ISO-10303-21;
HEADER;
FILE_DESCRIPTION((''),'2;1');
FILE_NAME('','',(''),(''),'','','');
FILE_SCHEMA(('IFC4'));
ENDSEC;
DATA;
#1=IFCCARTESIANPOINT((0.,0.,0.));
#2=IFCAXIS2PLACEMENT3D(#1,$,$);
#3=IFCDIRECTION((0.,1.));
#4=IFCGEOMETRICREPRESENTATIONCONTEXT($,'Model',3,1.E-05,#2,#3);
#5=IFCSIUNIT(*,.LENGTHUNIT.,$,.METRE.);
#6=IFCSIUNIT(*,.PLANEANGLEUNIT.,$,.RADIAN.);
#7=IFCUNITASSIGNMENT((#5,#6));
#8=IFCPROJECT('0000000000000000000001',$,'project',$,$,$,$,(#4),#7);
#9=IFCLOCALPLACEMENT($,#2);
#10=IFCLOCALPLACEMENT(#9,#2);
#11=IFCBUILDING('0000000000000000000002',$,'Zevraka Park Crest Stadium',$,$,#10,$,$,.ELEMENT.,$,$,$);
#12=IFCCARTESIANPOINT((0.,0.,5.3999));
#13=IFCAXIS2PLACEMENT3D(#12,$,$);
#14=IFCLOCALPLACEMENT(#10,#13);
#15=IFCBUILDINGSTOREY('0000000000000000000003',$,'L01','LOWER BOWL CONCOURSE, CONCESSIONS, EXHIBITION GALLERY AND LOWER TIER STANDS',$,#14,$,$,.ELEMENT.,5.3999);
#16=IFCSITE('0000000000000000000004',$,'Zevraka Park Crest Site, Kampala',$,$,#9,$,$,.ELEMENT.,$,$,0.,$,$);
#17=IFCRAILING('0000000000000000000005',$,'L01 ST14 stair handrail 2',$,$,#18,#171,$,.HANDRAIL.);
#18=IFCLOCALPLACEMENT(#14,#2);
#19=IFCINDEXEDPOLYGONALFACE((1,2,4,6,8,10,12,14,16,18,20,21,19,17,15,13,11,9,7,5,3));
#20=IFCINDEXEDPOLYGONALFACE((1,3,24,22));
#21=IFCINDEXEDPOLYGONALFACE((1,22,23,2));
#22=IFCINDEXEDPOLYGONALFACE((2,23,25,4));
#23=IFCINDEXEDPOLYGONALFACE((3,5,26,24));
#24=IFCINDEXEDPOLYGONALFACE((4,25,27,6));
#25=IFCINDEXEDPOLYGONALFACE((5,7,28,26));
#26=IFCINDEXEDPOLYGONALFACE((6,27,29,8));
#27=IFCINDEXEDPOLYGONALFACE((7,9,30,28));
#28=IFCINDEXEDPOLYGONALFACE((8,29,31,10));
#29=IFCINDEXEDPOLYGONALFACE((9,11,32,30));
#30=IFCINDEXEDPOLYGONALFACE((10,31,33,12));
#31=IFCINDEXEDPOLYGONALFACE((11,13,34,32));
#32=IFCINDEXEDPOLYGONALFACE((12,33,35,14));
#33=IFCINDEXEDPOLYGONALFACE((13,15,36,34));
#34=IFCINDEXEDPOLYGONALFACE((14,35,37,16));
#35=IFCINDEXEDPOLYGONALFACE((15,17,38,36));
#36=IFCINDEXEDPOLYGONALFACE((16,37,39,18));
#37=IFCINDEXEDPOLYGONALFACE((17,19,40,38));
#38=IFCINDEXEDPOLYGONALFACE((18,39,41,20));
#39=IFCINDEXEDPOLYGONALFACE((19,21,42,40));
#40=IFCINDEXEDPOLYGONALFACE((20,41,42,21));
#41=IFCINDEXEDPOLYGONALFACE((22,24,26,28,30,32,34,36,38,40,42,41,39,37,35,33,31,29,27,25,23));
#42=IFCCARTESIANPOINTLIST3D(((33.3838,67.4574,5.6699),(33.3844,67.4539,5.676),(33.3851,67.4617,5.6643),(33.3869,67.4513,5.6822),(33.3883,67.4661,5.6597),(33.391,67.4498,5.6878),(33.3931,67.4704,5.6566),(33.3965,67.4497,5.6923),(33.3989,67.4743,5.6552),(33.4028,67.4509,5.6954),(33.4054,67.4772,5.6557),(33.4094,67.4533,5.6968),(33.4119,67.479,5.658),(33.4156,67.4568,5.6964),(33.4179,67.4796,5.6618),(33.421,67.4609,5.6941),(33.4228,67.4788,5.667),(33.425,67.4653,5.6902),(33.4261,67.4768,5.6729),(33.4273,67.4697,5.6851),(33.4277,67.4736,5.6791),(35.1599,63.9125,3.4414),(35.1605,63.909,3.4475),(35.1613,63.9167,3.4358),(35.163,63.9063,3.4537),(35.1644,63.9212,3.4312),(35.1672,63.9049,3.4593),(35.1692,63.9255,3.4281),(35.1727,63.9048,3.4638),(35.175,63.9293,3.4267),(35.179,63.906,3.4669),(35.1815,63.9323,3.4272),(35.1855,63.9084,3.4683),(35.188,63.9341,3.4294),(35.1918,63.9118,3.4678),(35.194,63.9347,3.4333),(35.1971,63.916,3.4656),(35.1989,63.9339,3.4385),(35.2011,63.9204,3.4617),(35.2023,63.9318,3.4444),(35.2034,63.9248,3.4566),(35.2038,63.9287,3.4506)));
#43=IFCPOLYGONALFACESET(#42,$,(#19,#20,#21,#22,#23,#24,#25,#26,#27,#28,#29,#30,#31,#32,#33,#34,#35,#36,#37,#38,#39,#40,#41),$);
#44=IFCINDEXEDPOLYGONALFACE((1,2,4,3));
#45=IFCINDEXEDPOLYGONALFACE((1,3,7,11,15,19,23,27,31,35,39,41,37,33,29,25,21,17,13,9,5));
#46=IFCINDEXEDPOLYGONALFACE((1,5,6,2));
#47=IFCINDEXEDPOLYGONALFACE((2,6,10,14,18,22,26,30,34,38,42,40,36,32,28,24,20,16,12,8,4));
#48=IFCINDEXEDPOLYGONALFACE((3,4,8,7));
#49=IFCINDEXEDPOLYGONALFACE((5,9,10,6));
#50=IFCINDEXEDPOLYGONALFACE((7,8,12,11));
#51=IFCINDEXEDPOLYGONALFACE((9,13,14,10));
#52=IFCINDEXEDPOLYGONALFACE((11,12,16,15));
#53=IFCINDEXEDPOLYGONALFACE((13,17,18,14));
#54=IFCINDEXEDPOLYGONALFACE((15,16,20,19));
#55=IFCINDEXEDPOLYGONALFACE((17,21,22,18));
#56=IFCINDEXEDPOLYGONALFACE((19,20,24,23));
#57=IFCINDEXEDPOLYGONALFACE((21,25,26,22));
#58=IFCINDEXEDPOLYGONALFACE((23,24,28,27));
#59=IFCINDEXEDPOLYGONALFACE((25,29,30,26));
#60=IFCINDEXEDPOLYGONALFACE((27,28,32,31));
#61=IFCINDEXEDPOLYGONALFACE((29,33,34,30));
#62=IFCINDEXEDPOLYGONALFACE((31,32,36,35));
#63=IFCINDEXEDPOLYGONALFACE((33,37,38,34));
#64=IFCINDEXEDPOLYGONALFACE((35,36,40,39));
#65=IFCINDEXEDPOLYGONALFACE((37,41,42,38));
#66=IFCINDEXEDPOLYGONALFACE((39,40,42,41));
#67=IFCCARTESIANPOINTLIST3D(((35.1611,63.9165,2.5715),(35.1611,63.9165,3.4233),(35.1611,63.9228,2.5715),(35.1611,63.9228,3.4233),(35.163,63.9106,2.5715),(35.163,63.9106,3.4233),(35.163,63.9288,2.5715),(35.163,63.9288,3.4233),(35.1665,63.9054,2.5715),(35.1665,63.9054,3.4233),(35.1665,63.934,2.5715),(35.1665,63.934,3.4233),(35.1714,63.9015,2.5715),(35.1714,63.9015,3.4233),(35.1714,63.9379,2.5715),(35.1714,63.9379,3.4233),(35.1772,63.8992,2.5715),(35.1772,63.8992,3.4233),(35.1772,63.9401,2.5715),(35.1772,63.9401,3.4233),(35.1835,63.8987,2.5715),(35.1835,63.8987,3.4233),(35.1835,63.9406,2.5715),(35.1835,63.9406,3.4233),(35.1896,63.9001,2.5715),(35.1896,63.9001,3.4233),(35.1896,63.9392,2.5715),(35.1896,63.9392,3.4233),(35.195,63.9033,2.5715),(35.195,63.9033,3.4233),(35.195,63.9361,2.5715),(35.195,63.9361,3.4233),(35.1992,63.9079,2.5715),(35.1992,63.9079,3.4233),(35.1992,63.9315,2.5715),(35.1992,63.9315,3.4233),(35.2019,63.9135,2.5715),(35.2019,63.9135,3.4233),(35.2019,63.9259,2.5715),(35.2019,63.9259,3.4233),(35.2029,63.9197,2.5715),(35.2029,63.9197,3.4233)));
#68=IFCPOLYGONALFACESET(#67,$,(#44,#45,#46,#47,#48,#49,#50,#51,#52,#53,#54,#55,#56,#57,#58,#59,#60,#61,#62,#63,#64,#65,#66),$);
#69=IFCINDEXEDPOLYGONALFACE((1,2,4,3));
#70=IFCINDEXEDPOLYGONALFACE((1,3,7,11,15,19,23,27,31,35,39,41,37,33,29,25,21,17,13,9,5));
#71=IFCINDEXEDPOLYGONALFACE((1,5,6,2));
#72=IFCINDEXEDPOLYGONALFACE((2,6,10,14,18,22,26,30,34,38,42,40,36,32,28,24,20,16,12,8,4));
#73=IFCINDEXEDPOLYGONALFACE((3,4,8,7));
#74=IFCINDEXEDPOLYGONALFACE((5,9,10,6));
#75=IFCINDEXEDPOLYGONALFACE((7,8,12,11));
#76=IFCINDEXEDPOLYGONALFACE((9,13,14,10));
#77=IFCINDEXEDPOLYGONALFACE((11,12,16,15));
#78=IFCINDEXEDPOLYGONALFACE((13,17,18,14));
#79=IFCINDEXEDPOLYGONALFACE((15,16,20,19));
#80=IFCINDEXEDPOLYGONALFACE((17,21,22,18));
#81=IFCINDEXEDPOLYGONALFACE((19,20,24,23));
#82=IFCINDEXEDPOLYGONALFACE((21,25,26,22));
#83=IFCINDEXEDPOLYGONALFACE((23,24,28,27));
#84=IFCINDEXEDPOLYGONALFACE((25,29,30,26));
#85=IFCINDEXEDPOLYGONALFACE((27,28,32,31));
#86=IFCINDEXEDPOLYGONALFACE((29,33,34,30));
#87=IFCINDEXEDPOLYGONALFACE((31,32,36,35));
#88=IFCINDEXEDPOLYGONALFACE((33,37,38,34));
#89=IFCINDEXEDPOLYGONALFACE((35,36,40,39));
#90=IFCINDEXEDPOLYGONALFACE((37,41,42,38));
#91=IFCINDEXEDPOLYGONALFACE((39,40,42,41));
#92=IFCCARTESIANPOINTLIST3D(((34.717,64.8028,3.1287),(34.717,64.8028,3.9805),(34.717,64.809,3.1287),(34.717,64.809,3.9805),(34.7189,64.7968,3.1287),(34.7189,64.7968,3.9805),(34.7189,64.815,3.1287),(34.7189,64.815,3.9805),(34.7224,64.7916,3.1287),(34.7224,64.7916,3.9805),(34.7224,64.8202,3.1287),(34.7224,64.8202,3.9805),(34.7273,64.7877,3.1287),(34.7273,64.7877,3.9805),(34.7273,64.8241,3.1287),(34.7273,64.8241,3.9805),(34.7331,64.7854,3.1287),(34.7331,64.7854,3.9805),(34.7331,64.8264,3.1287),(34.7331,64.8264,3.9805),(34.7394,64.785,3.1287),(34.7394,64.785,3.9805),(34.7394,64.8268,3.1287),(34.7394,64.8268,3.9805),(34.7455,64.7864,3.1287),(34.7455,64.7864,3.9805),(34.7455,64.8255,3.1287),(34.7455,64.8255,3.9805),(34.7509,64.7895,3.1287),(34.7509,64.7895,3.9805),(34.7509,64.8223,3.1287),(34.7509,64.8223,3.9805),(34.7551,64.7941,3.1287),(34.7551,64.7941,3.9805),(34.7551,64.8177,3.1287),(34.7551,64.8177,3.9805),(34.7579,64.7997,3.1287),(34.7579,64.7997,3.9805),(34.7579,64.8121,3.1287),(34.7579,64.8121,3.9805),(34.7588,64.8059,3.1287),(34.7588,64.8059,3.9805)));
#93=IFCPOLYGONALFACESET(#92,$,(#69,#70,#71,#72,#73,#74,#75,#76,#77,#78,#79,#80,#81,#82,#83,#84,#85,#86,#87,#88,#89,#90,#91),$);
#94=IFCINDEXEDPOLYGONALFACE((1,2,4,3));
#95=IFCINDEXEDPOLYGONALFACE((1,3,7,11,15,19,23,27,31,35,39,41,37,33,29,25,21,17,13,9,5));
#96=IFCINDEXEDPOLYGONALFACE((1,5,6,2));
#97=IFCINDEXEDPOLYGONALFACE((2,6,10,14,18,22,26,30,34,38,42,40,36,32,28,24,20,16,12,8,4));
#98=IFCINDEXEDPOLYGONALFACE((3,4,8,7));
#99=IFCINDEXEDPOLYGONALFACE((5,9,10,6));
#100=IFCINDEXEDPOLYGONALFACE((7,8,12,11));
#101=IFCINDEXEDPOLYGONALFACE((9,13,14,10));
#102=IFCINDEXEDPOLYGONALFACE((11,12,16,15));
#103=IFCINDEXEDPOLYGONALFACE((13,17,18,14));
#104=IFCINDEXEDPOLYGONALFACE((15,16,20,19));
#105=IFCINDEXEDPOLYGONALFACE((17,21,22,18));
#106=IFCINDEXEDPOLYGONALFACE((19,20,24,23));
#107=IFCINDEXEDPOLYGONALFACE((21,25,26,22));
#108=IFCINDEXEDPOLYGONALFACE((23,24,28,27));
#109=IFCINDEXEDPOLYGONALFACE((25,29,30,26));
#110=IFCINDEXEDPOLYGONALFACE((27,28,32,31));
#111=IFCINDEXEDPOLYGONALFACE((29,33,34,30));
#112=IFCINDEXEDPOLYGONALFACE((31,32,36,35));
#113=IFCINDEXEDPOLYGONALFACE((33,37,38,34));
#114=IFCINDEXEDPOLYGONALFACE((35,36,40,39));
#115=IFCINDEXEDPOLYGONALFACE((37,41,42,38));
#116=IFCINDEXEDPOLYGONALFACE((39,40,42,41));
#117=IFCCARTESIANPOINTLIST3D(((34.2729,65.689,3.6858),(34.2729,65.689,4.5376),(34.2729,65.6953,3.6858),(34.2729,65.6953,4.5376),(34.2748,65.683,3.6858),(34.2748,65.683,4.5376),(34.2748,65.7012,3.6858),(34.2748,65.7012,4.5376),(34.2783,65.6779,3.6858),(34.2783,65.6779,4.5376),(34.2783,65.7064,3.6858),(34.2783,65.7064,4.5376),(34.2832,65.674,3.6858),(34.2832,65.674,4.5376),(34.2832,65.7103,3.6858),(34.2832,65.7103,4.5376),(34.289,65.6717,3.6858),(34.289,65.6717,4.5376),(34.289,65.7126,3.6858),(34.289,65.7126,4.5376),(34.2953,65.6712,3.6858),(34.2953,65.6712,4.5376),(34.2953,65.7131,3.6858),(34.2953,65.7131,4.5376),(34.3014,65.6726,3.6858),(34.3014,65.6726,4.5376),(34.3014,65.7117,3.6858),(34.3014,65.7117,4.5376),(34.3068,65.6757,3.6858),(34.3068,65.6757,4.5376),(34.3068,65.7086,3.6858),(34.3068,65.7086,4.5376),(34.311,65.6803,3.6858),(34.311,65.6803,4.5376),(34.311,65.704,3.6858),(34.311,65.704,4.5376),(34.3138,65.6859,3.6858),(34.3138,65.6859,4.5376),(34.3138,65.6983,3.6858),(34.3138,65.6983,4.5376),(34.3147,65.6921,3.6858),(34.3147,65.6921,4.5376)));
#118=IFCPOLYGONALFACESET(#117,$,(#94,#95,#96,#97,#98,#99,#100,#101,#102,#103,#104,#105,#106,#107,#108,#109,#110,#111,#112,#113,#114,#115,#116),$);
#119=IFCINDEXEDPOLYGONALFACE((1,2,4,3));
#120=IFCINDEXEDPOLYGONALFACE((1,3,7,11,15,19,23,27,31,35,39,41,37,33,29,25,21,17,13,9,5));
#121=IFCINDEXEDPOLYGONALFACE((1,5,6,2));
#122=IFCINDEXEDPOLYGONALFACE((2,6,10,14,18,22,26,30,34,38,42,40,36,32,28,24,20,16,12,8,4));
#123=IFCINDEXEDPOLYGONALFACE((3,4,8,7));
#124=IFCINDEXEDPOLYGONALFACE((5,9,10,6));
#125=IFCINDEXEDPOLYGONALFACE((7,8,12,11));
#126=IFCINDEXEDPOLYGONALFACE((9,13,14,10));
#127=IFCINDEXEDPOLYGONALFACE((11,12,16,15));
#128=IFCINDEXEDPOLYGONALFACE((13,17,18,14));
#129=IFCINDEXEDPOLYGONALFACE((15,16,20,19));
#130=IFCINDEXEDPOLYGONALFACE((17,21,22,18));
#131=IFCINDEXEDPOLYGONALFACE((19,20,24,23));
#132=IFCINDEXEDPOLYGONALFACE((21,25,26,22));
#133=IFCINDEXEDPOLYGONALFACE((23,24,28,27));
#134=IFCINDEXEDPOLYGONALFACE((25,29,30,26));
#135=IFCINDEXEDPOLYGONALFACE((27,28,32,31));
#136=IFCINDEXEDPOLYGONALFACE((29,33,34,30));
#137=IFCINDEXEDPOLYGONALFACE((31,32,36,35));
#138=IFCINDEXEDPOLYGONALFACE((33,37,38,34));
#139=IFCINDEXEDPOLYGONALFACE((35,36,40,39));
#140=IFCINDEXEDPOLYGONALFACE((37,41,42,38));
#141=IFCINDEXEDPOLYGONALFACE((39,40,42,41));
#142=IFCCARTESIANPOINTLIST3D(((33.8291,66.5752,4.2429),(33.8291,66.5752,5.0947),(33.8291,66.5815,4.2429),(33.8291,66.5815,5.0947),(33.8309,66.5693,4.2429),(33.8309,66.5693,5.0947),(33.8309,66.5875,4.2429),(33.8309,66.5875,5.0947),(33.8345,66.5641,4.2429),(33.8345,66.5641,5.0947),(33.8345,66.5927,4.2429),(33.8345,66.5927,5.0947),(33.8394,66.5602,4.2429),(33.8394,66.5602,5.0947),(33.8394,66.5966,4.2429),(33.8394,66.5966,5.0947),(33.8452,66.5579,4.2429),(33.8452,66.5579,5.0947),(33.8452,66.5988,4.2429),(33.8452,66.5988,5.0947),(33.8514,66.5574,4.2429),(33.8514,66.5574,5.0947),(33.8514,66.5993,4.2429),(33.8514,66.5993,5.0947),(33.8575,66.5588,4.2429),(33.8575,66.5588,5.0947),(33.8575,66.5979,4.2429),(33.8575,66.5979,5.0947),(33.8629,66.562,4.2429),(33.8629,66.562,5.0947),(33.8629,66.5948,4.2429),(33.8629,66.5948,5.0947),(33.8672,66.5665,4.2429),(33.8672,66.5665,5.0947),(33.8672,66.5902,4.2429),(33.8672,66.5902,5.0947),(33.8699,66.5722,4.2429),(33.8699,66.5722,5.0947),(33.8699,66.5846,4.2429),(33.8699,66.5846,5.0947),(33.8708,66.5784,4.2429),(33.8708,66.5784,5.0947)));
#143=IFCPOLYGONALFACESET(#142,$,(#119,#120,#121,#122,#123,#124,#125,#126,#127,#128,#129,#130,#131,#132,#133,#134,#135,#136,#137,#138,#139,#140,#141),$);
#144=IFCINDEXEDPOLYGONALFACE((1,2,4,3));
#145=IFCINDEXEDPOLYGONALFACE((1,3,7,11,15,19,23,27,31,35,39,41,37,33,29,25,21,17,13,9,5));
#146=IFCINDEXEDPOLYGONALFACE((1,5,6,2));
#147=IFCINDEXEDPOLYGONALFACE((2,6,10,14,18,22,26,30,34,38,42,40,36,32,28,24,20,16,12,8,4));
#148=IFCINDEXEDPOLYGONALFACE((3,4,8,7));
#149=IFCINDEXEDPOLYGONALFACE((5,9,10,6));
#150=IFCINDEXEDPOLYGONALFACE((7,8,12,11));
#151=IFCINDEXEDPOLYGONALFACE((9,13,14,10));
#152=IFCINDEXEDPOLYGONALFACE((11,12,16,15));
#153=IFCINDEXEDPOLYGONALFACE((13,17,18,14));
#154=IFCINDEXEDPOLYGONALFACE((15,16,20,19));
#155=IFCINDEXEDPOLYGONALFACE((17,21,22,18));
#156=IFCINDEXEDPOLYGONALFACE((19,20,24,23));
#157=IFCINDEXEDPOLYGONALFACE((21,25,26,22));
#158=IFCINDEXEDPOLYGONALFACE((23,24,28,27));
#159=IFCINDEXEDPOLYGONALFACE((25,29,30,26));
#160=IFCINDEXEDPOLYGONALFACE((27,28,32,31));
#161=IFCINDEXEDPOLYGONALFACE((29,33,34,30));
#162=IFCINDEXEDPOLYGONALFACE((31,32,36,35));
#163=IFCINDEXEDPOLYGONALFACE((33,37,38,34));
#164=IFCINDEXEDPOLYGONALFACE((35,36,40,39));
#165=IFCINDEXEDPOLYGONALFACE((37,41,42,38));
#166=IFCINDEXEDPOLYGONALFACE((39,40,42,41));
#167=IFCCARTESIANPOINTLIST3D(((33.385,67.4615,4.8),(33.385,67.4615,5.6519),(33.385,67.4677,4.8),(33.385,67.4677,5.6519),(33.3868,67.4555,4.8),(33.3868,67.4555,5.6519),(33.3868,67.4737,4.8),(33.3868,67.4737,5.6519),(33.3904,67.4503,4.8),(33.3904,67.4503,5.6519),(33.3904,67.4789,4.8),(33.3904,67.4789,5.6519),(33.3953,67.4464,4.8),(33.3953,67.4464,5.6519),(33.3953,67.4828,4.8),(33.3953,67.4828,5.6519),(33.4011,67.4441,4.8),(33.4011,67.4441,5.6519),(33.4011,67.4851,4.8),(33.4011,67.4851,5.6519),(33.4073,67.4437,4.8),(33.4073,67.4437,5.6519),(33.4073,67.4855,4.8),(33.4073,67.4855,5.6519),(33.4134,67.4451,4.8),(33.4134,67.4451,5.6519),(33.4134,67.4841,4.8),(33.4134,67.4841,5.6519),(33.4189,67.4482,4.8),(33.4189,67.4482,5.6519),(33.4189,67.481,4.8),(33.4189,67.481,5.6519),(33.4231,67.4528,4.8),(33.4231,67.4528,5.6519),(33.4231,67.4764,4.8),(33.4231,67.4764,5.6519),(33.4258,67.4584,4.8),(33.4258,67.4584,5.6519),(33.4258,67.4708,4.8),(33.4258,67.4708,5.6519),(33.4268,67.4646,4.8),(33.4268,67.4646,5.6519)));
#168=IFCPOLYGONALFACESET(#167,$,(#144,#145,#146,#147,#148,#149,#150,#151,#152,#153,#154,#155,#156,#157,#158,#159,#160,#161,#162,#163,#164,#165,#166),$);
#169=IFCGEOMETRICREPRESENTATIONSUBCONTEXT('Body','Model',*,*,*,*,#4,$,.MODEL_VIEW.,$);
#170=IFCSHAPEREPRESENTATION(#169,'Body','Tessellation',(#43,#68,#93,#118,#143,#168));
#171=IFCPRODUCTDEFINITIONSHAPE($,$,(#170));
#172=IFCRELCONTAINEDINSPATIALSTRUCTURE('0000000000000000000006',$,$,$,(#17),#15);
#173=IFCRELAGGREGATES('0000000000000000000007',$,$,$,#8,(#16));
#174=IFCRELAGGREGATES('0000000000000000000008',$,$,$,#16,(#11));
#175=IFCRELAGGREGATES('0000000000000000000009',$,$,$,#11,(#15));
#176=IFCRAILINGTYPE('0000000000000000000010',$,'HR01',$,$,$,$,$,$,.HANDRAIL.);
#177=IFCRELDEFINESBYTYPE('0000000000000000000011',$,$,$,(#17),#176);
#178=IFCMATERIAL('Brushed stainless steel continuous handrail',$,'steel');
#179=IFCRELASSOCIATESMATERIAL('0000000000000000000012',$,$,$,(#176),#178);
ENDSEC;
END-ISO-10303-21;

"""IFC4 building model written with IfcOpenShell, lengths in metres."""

from ifc_helpers import new_model, si_unit, direction, frame, origin, origin_2d, place, context, subcontext, project, spatial, circle, extrude, material, type_object, element, save


model = new_model("IFC4")

# Units and contexts
model_context = context("Model", 3, precision=1e-05, world=origin(), true_north=direction((0.0, 1.0)))
body_context = subcontext(model_context, "Body", "Model", "MODEL_VIEW")
ifc_project = project(units=[si_unit("LENGTHUNIT", "METRE"), si_unit("PLANEANGLEUNIT", "RADIAN")], contexts=[model_context])

# Site, building, storey
site_placement = place(None, origin())
site = spatial("IfcSite", under=ifc_project, at=site_placement, Name="Zevraka Park Crest Site, Kampala", CompositionType="ELEMENT", RefElevation=0.0)
building_placement = place(site_placement, origin())
building = spatial("IfcBuilding", under=site, at=building_placement, Name="Zevraka Park Crest Stadium", CompositionType="ELEMENT")
storey_placement = place(building_placement, frame((0.0, 0.0, 5.3999)))
storey = spatial("IfcBuildingStorey", under=building, at=storey_placement, Name="L01", Description="LOWER BOWL CONCOURSE, CONCESSIONS, EXHIBITION GALLERY AND LOWER TIER STANDS", CompositionType="ELEMENT", Elevation=5.3999)

# Railing
ifc_material_1 = material(Name="Brushed stainless steel continuous handrail", Category="steel")
railing_type_1 = type_object("IfcRailingType", Name="HR01", PredefinedType="HANDRAIL", material=ifc_material_1)
railing_1_placement = place(storey_placement, frame((35.1819, 63.9197, 2.5715)))
element("IfcRailing", 1, at=railing_1_placement, inside=storey, type_object=railing_type_1, Name="L01 ST14 stair handrail 2", PredefinedType="HANDRAIL", context=body_context, shape_type="SweptSolid", body=[
    extrude(circle(Radius=0.0239, at=origin_2d()), frame((0.0, 0.0, 0.876), z_axis=(-0.390499, 0.779389, 0.489963), x_axis=(-0.894057, -0.447952, 0.0)), (0.0, 0.0, 1.0), 4.5483),
    extrude(circle(Radius=0.021, at=origin_2d()), origin(), (0.0, 0.0, 1.0), 0.8518),
    extrude(circle(Radius=0.021, at=origin_2d()), frame((-0.4441, 0.8862, 0.5571)), (0.0, 0.0, 1.0), 0.8518),
    extrude(circle(Radius=0.021, at=origin_2d()), frame((-0.8882, 1.7725, 1.1143)), (0.0, 0.0, 1.0), 0.8518),
    extrude(circle(Radius=0.021, at=origin_2d()), frame((-1.332, 2.6587, 1.6714)), (0.0, 0.0, 1.0), 0.8518),
    extrude(circle(Radius=0.021, at=origin_2d()), frame((-1.7761, 3.5449, 2.2285)), (0.0, 0.0, 1.0), 0.8518),
])

save(model, "model.ifc")
